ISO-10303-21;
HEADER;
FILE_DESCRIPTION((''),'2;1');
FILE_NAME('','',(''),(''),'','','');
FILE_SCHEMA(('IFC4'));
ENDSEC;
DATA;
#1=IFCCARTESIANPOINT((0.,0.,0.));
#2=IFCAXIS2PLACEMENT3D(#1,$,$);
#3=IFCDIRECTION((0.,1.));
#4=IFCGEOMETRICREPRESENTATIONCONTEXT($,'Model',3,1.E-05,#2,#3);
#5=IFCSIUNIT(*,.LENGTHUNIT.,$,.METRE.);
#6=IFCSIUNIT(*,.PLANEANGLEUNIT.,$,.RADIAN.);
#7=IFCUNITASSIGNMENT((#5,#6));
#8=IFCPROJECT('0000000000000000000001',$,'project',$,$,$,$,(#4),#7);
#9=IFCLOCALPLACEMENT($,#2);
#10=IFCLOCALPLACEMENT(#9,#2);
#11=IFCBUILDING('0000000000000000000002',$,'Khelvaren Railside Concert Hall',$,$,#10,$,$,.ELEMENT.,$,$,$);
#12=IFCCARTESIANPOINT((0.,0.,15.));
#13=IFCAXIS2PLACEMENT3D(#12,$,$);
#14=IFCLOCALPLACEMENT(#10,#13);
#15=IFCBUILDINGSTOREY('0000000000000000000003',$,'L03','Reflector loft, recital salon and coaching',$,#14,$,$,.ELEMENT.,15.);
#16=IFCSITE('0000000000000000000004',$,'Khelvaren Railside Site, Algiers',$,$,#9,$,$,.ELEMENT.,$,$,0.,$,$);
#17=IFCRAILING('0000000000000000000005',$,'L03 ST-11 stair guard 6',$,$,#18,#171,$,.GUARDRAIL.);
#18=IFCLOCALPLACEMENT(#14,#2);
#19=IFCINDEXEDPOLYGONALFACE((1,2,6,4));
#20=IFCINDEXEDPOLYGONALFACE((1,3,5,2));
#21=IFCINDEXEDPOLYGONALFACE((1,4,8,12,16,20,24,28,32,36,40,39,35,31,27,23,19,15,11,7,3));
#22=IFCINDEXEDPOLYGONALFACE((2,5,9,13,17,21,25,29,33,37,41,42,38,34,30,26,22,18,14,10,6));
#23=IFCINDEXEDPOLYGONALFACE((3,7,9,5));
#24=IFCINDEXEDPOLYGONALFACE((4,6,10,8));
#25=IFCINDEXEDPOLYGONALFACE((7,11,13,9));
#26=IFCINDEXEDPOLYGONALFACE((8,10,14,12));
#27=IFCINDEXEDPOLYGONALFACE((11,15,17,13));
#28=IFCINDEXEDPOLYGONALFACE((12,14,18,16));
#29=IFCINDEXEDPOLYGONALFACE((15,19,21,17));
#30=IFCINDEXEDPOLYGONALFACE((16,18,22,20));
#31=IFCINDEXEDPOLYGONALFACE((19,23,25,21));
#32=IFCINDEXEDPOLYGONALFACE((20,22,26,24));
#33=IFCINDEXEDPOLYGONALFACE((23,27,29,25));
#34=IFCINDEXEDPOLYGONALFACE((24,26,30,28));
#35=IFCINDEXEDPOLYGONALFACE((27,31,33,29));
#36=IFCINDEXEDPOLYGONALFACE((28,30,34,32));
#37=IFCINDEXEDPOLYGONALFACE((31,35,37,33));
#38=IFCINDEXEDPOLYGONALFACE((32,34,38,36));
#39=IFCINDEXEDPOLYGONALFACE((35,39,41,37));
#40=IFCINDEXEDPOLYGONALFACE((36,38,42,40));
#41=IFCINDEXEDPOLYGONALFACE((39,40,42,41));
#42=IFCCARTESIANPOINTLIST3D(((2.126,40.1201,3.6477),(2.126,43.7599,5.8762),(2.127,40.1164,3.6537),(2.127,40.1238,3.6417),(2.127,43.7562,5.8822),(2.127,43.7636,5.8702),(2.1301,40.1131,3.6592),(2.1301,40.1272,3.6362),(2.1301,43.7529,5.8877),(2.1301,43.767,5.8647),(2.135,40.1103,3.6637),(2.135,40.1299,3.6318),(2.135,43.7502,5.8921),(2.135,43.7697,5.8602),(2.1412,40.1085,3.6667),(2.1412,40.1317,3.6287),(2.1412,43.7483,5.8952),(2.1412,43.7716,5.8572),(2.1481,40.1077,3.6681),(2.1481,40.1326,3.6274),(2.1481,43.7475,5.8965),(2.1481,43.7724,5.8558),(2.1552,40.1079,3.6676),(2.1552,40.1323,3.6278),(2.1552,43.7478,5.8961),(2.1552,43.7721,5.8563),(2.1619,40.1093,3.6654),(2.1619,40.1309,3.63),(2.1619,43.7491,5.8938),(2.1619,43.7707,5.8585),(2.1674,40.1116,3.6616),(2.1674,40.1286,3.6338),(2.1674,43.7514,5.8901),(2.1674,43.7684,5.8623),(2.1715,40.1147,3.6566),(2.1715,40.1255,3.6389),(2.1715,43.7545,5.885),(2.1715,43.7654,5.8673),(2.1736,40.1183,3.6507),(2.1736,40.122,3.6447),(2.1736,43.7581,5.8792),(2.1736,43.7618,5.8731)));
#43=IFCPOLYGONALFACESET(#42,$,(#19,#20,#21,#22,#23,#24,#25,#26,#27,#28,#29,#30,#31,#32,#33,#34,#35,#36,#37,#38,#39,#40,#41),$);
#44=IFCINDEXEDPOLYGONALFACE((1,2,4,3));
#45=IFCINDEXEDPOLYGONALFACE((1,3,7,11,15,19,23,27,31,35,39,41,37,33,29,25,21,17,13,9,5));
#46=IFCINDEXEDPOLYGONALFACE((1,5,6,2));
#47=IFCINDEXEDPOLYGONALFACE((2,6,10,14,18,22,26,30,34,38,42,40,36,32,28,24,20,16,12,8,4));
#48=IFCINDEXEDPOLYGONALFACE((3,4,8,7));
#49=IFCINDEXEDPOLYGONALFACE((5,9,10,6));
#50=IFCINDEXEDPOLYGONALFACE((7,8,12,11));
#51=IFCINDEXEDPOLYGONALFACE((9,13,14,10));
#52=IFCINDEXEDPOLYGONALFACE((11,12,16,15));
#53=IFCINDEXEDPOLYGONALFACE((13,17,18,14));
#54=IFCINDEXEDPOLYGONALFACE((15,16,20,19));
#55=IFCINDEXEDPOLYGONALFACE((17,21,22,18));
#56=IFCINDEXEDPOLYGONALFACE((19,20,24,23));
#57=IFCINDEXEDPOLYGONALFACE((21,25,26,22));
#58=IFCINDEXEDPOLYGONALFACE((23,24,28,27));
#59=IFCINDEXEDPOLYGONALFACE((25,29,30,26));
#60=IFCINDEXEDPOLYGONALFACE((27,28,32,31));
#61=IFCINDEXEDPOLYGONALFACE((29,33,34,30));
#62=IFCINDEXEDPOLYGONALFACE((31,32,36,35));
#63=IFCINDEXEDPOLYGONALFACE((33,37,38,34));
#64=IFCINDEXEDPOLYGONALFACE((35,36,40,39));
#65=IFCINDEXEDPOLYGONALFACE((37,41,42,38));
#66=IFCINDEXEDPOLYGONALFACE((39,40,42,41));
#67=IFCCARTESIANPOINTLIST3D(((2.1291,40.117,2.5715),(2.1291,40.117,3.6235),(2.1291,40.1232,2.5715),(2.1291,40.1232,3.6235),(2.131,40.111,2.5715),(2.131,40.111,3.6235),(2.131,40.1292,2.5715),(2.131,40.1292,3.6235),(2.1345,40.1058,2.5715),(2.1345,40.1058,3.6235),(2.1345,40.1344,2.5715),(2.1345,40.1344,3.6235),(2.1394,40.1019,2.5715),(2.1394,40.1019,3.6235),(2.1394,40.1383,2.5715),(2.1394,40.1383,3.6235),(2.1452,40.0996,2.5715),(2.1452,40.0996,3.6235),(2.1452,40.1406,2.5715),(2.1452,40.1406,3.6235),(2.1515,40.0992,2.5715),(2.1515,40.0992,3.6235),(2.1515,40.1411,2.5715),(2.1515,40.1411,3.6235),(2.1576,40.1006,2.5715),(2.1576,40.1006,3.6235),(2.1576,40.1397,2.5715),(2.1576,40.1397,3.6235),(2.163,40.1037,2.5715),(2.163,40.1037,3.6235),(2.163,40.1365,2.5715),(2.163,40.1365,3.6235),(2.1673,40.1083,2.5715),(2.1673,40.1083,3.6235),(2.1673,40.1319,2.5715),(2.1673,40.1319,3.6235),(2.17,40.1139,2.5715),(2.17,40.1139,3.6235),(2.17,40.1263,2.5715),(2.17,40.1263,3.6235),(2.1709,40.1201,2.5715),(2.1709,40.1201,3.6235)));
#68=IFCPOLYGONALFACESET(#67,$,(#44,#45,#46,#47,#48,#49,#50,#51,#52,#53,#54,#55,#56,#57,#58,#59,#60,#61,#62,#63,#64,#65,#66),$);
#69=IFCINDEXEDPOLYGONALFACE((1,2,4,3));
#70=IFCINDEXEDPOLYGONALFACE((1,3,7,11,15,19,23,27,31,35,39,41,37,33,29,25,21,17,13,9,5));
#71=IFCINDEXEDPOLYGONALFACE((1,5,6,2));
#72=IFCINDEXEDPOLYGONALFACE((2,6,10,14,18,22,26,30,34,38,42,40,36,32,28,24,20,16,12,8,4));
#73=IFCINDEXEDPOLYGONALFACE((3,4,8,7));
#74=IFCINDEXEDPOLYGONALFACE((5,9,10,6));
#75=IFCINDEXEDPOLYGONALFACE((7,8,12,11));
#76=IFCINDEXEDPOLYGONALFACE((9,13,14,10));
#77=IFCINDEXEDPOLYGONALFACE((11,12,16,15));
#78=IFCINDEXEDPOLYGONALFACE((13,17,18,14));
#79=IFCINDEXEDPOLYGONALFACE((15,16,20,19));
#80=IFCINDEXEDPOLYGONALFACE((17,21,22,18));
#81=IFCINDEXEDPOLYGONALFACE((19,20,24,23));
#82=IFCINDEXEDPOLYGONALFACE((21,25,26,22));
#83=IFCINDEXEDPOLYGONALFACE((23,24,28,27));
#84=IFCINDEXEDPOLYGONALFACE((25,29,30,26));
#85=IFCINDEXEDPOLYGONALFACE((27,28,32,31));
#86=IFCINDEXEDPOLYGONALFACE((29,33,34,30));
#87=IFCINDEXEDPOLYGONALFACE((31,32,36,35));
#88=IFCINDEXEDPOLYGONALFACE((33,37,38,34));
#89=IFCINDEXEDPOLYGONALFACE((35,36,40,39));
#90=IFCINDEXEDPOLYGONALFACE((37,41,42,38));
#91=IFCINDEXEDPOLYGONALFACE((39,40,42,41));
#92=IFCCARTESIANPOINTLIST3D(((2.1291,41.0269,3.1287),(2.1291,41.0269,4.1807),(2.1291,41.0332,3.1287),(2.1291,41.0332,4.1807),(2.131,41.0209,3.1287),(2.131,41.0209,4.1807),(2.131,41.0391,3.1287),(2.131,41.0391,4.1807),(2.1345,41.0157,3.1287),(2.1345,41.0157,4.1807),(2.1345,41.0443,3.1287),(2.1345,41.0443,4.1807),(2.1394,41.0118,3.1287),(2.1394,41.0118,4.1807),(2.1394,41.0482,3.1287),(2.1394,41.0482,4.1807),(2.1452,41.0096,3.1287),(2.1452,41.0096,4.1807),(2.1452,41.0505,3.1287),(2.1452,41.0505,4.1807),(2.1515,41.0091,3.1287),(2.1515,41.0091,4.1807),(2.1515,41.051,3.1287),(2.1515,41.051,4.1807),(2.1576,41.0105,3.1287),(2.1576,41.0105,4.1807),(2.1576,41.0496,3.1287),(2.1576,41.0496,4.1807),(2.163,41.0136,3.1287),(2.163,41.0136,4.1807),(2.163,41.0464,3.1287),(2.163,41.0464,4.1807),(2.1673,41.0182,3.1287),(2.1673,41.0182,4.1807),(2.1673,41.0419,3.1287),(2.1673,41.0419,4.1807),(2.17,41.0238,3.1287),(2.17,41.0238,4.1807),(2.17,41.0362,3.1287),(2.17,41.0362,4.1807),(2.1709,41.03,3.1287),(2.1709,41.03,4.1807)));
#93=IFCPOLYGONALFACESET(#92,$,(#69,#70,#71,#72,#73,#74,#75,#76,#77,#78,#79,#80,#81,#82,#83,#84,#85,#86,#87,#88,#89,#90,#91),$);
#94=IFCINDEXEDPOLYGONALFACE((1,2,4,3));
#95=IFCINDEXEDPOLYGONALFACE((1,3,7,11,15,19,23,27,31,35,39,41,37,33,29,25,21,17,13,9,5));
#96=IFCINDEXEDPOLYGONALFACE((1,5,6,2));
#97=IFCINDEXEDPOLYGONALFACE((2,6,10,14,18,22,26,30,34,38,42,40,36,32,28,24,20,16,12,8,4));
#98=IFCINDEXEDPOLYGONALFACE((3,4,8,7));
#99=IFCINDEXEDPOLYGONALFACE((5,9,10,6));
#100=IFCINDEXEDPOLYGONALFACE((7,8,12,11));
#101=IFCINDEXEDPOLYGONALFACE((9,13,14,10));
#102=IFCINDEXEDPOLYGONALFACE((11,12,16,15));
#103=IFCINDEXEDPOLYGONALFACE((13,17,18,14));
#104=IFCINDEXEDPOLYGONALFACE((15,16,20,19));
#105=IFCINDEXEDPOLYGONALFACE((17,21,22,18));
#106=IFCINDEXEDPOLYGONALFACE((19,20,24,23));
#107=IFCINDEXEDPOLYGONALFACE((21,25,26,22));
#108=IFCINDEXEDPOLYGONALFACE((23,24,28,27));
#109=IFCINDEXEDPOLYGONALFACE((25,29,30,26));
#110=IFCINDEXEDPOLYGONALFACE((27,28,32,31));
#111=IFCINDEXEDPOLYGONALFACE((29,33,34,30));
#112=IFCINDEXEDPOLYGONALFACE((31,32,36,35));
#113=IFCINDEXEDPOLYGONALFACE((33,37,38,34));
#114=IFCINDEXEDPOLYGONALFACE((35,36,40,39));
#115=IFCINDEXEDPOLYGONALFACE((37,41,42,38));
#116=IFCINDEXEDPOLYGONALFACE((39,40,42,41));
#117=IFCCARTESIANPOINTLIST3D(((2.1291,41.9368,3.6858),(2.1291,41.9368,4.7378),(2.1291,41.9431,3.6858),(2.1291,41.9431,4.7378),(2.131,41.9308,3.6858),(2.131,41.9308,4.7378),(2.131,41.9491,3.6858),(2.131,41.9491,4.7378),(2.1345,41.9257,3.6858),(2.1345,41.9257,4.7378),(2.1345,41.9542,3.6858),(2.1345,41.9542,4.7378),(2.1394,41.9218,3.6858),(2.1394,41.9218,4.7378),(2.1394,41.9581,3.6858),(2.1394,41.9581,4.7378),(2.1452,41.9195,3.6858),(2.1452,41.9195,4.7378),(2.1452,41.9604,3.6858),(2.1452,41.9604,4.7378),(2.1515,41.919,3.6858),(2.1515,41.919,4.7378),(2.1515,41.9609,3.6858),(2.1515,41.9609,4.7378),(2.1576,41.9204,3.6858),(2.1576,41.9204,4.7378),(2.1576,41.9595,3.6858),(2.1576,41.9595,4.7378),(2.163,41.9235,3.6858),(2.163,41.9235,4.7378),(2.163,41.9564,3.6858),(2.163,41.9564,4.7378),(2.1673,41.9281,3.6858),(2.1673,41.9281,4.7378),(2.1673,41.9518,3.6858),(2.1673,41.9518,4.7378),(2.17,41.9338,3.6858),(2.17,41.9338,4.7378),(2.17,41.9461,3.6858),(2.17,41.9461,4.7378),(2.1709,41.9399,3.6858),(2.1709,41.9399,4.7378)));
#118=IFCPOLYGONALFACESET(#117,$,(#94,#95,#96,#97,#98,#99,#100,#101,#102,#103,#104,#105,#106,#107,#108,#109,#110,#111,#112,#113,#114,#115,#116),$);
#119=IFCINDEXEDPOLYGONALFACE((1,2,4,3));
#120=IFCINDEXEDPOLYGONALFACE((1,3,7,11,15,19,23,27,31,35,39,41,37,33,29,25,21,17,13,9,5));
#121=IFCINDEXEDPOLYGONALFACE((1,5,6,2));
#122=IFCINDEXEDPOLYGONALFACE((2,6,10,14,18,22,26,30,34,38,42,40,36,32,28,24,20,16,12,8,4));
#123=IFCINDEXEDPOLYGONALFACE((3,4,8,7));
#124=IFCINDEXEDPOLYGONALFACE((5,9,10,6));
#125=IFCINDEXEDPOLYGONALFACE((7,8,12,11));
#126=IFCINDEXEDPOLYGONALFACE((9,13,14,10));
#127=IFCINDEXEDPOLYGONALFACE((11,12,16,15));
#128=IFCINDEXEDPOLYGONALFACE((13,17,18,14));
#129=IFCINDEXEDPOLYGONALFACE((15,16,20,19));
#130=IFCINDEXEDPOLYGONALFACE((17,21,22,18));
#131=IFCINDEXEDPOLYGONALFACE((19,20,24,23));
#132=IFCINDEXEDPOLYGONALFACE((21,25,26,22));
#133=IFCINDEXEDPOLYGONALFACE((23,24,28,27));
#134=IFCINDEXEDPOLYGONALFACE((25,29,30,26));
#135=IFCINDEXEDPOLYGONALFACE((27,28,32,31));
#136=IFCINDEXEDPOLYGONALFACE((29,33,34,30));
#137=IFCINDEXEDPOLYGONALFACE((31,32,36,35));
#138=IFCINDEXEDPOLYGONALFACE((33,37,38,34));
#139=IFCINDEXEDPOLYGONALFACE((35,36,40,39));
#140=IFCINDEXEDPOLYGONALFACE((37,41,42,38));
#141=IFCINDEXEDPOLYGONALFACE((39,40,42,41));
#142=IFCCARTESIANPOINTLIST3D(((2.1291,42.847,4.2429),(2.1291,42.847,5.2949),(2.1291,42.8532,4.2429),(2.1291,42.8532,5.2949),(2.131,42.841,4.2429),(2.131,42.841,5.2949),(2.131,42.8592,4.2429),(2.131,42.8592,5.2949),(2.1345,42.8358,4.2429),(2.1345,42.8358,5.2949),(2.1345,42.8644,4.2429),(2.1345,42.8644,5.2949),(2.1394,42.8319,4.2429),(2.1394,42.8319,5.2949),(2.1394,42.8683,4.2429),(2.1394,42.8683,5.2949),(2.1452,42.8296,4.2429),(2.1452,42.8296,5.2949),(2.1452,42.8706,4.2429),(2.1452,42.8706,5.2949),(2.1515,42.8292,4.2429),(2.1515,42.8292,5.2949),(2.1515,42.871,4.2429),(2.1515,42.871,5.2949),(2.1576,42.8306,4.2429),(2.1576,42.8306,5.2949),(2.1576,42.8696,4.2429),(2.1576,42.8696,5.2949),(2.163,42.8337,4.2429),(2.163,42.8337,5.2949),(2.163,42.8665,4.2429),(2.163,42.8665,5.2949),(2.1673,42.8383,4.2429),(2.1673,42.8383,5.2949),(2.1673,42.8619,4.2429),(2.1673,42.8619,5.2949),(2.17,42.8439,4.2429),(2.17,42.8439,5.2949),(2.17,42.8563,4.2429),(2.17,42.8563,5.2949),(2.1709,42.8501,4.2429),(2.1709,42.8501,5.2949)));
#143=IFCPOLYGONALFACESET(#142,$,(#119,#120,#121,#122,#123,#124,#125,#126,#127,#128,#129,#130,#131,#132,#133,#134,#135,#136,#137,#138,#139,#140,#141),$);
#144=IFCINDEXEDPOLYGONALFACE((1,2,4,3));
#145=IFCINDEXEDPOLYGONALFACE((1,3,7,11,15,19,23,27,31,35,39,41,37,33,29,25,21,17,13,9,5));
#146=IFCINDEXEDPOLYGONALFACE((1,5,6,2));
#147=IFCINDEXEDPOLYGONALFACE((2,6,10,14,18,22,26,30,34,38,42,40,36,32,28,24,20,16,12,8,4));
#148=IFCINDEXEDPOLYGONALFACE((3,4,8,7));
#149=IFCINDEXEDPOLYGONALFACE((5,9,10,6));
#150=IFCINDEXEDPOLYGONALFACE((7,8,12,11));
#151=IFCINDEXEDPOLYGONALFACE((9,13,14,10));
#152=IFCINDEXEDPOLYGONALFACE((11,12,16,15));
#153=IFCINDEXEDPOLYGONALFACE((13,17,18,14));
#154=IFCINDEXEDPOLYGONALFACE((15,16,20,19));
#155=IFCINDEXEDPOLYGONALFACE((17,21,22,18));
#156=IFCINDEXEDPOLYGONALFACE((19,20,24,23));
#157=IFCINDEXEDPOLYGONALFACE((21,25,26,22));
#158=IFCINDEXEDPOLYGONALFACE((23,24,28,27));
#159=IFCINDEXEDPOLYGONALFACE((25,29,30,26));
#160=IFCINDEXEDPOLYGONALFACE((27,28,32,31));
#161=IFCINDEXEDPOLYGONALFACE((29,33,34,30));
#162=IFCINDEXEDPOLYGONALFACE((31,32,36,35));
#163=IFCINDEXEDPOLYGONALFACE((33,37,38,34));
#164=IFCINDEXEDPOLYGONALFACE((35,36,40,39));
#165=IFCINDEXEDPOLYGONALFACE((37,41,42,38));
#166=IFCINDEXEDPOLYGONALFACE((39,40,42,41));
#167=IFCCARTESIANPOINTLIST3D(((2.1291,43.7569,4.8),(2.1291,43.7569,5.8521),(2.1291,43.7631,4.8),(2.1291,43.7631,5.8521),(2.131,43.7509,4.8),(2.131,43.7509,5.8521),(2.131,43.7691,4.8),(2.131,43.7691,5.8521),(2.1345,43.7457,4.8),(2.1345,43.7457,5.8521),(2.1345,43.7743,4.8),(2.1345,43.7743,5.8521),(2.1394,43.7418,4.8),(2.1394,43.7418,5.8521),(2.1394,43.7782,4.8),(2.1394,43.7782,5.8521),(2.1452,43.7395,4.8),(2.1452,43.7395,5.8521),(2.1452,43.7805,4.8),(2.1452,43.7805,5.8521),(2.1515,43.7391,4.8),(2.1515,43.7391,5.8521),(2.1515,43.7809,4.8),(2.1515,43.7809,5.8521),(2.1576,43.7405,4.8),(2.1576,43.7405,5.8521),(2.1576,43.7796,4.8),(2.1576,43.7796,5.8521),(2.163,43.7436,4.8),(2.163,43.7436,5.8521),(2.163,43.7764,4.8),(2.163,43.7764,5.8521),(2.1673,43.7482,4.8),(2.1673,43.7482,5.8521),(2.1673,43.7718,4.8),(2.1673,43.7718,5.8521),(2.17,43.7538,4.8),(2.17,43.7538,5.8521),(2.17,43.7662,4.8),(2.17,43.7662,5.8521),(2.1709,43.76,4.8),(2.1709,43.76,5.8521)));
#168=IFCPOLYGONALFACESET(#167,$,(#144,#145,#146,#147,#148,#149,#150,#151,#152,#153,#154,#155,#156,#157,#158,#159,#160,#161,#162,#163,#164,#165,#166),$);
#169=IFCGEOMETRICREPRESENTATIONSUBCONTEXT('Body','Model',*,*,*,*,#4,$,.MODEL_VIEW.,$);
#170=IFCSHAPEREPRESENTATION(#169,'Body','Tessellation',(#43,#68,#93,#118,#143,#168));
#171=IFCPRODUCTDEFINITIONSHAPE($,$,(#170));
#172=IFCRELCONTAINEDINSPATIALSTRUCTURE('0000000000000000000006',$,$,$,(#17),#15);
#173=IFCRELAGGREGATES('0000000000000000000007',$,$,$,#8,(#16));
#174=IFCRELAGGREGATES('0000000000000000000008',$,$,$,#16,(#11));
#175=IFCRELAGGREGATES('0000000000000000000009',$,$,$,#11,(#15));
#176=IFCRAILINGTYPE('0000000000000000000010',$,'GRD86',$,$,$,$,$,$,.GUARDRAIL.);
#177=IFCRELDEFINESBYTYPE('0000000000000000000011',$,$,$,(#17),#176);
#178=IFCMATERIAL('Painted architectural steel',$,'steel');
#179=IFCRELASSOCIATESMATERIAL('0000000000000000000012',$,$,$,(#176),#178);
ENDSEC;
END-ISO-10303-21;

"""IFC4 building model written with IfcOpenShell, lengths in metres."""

from ifc_helpers import new_model, si_unit, direction, frame, origin, origin_2d, place, context, subcontext, project, spatial, circle, extrude, material, type_object, element, save


model = new_model("IFC4")

# Units and contexts
model_context = context("Model", 3, precision=1e-05, world=origin(), true_north=direction((0.0, 1.0)))
body_context = subcontext(model_context, "Body", "Model", "MODEL_VIEW")
ifc_project = project(units=[si_unit("LENGTHUNIT", "METRE"), si_unit("PLANEANGLEUNIT", "RADIAN")], contexts=[model_context])

# Site, building, storey
site_placement = place(None, origin())
site = spatial("IfcSite", under=ifc_project, at=site_placement, Name="Khelvaren Railside Site, Algiers", CompositionType="ELEMENT", RefElevation=0.0)
building_placement = place(site_placement, origin())
building = spatial("IfcBuilding", under=site, at=building_placement, Name="Khelvaren Railside Concert Hall", CompositionType="ELEMENT")
storey_placement = place(building_placement, frame((0.0, 0.0, 15.0)))
storey = spatial("IfcBuildingStorey", under=building, at=storey_placement, Name="L03", Description="Reflector loft, recital salon and coaching", CompositionType="ELEMENT", Elevation=15.0)

# Railing
ifc_material_1 = material(Name="Painted architectural steel", Category="steel")
railing_type_1 = type_object("IfcRailingType", Name="GRD86", PredefinedType="GUARDRAIL", material=ifc_material_1)
railing_1_placement = place(storey_placement, frame((2.1499, 40.1201, 2.5715)))
element("IfcRailing", 1, at=railing_1_placement, inside=storey, type_object=railing_type_1, Name="L03 ST-11 stair guard 6", PredefinedType="GUARDRAIL", context=body_context, shape_type="SweptSolid", body=[
    extrude(circle(Radius=0.0239, at=origin_2d()), frame((0.0, 0.0, 1.0762), z_axis=(0.0, 0.85285, 0.522156), x_axis=(-1.0, 0.0, 0.0)), (0.0, 0.0, 1.0), 4.2678),
    extrude(circle(Radius=0.021, at=origin_2d()), origin(), (0.0, 0.0, 1.0), 1.052),
    extrude(circle(Radius=0.021, at=origin_2d()), frame((0.0, 0.9099, 0.5571)), (0.0, 0.0, 1.0), 1.052),
    extrude(circle(Radius=0.021, at=origin_2d()), frame((0.0, 1.8198, 1.1143)), (0.0, 0.0, 1.0), 1.052),
    extrude(circle(Radius=0.021, at=origin_2d()), frame((0.0, 2.73, 1.6714)), (0.0, 0.0, 1.0), 1.052),
    extrude(circle(Radius=0.021, at=origin_2d()), frame((0.0, 3.6399, 2.2285)), (0.0, 0.0, 1.0), 1.052),
])

save(model, "model.ifc")
